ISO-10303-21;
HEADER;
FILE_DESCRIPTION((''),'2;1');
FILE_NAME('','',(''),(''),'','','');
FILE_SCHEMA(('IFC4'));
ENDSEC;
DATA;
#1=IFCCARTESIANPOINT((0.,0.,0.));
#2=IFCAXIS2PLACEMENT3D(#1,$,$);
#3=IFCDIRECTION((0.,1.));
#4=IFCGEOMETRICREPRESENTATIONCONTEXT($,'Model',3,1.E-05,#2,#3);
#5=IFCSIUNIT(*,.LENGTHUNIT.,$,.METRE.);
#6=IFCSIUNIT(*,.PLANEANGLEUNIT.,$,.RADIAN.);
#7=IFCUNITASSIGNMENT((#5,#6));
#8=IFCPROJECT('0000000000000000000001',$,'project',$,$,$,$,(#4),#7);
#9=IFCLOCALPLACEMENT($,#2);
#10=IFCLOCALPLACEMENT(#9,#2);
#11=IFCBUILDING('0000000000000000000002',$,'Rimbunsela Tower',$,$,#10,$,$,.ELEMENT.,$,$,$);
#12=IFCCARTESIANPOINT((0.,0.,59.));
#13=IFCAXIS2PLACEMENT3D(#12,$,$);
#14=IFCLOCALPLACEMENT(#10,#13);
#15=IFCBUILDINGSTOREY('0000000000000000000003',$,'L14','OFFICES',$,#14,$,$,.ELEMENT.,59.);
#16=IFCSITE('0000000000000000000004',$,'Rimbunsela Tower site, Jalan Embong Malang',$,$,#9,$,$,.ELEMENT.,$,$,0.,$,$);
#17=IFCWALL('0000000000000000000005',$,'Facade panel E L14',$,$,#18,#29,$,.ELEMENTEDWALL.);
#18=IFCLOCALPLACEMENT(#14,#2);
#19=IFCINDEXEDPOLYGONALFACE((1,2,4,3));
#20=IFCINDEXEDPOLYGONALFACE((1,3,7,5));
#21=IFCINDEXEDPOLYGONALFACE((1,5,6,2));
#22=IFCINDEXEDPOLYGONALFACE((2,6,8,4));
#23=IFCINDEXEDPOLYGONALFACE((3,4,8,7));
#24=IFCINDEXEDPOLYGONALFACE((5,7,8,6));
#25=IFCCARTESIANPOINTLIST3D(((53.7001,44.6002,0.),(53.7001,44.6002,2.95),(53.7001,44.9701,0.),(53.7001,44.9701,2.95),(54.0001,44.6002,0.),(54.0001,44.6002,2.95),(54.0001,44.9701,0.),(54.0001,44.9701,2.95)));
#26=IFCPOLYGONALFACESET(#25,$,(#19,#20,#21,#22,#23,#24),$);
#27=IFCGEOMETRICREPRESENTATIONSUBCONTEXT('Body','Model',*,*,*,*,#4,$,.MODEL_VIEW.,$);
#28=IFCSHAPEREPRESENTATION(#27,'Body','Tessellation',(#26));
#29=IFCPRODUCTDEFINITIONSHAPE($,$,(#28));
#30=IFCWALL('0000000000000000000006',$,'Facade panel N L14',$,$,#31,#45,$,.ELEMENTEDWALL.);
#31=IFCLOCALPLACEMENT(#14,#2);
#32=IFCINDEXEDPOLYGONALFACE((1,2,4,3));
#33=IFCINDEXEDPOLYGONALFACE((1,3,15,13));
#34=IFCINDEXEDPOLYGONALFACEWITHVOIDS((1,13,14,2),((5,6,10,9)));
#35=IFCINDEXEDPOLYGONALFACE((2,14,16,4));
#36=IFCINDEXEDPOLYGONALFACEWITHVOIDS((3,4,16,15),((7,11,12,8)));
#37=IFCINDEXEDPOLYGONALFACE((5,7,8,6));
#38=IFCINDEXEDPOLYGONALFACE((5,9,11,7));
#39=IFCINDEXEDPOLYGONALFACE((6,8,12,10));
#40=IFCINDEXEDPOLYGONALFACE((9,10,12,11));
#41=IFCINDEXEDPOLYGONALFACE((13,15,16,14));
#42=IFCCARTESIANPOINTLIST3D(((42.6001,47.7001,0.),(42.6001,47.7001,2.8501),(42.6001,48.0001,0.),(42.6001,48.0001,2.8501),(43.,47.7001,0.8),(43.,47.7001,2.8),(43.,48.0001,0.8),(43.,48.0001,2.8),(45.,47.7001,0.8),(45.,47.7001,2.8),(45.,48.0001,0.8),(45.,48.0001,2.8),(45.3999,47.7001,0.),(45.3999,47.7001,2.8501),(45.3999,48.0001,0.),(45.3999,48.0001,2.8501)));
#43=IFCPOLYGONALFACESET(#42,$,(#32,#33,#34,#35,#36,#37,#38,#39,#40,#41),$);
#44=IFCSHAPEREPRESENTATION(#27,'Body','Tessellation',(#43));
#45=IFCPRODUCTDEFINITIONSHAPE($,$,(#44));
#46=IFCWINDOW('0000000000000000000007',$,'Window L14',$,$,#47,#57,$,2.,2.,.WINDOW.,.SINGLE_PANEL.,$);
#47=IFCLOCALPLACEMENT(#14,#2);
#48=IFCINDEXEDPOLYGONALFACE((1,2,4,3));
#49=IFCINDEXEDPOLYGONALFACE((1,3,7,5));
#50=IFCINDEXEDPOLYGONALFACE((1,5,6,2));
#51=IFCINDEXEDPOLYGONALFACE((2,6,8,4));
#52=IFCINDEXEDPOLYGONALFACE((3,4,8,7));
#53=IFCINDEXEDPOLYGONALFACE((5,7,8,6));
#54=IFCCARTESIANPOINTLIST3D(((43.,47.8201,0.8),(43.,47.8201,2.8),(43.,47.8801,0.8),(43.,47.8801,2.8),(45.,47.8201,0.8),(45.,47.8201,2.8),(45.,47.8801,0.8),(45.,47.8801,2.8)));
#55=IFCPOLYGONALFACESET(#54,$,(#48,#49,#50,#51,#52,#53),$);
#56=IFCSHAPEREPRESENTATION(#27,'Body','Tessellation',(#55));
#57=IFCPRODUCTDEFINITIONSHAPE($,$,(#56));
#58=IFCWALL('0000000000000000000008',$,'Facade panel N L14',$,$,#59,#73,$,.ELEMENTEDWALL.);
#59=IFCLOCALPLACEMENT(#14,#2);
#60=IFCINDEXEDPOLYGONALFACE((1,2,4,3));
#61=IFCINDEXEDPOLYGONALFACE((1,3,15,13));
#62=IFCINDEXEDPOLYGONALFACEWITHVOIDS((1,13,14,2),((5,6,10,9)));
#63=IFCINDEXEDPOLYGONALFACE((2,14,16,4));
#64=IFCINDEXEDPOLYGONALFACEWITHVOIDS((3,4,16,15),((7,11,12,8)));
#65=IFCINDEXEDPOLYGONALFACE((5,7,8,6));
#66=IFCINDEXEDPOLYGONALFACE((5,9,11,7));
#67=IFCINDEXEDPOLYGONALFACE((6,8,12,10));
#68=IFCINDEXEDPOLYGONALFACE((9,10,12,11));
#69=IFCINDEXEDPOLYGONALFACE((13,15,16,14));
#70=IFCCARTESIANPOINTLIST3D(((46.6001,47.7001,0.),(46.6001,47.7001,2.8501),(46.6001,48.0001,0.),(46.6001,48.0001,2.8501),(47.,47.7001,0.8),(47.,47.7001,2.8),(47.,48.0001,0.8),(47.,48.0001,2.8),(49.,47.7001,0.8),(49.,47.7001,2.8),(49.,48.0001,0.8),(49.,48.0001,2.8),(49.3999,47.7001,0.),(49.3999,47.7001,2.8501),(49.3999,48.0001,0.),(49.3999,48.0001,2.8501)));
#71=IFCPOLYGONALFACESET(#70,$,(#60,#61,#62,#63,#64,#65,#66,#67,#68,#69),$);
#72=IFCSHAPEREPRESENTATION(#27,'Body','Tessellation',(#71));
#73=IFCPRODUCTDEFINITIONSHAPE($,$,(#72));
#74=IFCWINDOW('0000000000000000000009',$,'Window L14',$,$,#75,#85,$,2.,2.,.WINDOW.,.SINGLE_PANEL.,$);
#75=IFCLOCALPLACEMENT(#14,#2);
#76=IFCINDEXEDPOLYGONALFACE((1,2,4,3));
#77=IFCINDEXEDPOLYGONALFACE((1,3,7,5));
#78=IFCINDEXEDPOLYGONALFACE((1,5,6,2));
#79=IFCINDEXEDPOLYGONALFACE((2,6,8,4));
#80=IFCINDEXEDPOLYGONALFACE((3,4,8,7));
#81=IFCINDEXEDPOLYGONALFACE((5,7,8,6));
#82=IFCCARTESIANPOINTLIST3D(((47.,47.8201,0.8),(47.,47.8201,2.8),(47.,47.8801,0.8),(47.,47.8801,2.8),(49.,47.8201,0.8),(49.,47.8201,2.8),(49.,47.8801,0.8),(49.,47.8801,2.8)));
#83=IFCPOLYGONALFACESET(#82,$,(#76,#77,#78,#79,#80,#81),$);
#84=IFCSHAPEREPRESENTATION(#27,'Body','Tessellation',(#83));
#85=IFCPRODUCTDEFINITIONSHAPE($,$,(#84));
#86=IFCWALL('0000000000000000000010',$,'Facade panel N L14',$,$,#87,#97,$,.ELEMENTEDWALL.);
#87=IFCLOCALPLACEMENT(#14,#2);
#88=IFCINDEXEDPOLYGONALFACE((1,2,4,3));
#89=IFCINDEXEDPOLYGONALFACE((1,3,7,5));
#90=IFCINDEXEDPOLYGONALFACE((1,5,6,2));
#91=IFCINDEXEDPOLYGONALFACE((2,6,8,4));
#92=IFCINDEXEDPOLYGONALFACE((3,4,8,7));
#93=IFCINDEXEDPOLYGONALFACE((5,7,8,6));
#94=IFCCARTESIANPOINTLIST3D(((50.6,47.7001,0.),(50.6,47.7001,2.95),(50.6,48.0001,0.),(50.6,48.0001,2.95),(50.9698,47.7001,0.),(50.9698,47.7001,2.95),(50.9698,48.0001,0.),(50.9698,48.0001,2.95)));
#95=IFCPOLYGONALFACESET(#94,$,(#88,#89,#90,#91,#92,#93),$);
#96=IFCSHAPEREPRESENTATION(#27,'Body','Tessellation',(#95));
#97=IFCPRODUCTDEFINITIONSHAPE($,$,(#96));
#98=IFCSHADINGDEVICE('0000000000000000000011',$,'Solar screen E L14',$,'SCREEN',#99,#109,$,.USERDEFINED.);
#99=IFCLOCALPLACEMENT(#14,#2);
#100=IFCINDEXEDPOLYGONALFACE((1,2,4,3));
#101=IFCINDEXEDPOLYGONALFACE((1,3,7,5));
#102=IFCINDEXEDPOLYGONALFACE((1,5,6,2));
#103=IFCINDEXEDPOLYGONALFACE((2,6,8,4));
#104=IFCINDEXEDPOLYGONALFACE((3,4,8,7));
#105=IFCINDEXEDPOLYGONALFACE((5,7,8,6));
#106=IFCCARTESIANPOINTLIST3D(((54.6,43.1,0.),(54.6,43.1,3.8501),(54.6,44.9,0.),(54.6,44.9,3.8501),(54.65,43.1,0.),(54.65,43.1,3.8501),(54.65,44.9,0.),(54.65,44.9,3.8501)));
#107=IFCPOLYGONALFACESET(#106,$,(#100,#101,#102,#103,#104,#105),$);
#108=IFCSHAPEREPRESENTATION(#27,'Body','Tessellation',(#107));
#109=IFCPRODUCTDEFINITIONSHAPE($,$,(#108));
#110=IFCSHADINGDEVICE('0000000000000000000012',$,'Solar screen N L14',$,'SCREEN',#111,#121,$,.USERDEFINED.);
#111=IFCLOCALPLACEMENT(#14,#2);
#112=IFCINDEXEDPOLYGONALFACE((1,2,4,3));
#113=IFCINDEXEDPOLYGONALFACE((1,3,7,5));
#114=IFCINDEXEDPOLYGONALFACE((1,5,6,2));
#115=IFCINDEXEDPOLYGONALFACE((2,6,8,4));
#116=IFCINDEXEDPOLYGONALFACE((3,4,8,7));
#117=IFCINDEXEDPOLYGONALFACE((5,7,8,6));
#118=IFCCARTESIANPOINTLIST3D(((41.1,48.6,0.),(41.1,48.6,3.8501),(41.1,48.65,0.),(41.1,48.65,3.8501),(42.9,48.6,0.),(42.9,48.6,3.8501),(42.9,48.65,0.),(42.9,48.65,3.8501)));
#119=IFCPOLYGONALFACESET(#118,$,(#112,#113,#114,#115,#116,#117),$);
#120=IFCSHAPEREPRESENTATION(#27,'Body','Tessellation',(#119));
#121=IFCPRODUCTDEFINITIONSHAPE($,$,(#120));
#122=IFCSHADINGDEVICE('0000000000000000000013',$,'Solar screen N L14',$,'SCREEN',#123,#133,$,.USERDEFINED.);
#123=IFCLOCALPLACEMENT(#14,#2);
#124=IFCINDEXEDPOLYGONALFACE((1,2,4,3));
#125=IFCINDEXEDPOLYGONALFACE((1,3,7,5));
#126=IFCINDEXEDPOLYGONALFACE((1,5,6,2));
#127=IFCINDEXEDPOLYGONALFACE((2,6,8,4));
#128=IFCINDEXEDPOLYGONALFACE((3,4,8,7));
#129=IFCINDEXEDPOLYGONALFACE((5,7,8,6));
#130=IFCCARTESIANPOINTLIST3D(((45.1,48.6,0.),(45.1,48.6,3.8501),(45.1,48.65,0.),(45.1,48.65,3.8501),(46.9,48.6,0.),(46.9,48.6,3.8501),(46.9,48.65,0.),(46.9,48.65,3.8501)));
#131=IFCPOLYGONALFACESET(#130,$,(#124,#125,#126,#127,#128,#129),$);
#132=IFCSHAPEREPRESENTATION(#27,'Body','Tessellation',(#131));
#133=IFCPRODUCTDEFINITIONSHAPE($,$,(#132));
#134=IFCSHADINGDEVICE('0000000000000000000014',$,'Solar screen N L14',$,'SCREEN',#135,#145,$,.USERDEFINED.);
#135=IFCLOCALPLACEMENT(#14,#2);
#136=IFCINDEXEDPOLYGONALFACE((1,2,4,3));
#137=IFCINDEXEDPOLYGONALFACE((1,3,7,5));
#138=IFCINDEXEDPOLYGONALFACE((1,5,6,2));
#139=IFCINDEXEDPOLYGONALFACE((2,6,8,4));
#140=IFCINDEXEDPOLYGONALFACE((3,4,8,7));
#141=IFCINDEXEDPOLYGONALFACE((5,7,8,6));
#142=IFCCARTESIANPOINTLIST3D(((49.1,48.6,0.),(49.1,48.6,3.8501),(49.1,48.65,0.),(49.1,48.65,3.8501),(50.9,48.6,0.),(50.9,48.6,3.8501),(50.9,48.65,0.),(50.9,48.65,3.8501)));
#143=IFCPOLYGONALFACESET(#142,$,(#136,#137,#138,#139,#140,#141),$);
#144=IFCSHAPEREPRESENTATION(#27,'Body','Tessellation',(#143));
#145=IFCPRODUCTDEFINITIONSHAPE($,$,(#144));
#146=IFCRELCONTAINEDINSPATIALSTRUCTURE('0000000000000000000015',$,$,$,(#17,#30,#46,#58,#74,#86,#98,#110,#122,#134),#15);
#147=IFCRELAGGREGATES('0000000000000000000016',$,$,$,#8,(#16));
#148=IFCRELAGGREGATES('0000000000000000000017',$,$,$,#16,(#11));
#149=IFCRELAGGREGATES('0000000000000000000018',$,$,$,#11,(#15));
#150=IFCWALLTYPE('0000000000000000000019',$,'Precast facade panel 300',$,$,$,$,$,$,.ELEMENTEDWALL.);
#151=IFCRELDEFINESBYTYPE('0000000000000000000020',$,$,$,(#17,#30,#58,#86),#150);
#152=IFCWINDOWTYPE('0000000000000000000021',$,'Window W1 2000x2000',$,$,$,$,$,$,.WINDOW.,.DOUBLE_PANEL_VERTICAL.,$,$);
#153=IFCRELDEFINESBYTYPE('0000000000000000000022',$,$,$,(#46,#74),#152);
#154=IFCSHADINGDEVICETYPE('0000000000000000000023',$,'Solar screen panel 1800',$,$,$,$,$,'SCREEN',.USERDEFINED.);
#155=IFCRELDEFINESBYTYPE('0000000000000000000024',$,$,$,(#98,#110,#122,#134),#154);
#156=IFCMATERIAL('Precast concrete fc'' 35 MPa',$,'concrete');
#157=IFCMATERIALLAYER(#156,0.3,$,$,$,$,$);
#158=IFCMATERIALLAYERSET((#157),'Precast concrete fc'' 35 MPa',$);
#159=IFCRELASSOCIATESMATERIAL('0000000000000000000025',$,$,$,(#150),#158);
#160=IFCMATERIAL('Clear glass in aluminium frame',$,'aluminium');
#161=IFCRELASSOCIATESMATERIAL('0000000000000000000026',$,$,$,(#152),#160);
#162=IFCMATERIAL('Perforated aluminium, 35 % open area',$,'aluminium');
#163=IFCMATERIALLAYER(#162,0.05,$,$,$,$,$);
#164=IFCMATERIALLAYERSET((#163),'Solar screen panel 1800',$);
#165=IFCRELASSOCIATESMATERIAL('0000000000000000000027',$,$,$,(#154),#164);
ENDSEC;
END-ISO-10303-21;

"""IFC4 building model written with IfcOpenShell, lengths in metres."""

from ifc_helpers import new_model, si_unit, direction, frame, frame_2d, origin, origin_2d, place, context, subcontext, project, spatial, rectangle, extrude, material, layer, layer_set, type_object, element, fill, save


model = new_model("IFC4")

# Units and contexts
model_context = context("Model", 3, precision=1e-05, world=origin(), true_north=direction((0.0, 1.0)))
body_context = subcontext(model_context, "Body", "Model", "MODEL_VIEW")
ifc_project = project(units=[si_unit("LENGTHUNIT", "METRE"), si_unit("PLANEANGLEUNIT", "RADIAN")], contexts=[model_context])

# Site, building, storey
site_placement = place(None, origin())
site = spatial("IfcSite", under=ifc_project, at=site_placement, Name="Rimbunsela Tower site, Jalan Embong Malang", CompositionType="ELEMENT", RefElevation=0.0)
building_placement = place(site_placement, origin())
building = spatial("IfcBuilding", under=site, at=building_placement, Name="Rimbunsela Tower", CompositionType="ELEMENT")
storey_placement = place(building_placement, frame((0.0, 0.0, 59.0)))
storey = spatial("IfcBuildingStorey", under=building, at=storey_placement, Name="L14", Description="OFFICES", CompositionType="ELEMENT", Elevation=59.0)

# Wall
ifc_material_1 = material(Name="Precast concrete fc' 35 MPa", Category="concrete")
ifc_layer_1 = layer(ifc_material_1, 0.3)
ifc_layer_set_1 = layer_set([ifc_layer_1], Name="Precast concrete fc' 35 MPa")
wall_type_1 = type_object("IfcWallType", Name="Precast facade panel 300", PredefinedType="ELEMENTEDWALL", material=ifc_layer_set_1)
wall_1_placement = place(storey_placement, frame((53.8501, 44.6001, 0.0), z_axis=(0.0, 0.0, 1.0), x_axis=(0.0, 1.0, 0.0)))
element("IfcWall", 1, at=wall_1_placement, inside=storey, type_object=wall_type_1, Name="Facade panel E L14", PredefinedType="ELEMENTEDWALL", context=body_context, shape_type="SweptSolid", body=[
    extrude(rectangle(XDim=0.3699, YDim=0.3, at=frame_2d((0.1851, 0.0))), origin(), (0.0, 0.0, 1.0), 2.95),
])

# Walls, openings, windows
wall_2_placement = place(storey_placement, frame((45.3999, 47.8501, 0.0), z_axis=(0.0, 0.0, 1.0), x_axis=(-1.0, 0.0, 0.0)))
wall_2 = element("IfcWall", 2, at=wall_2_placement, inside=storey, type_object=wall_type_1, Name="Facade panel N L14", PredefinedType="ELEMENTEDWALL", context=body_context, shape_type="SweptSolid", body=[
    extrude(rectangle(XDim=2.7998, YDim=0.3, at=frame_2d((1.3999, 0.0))), origin(), (0.0, 0.0, 1.0), 2.8501),
])
opening_1_placement = place(wall_2_placement, frame((0.3999, 0.0, 0.8)))
opening_1 = element("IfcOpeningElement", 3, at=opening_1_placement, cuts=wall_2, PredefinedType="OPENING", context=body_context, shape_type="SweptSolid", body=[
    extrude(rectangle(XDim=2.0, YDim=2.0, at=frame_2d((1.0, 1.0))), frame((0.0, 0.1599, 0.0), z_axis=(0.0, -1.0, 0.0), x_axis=(1.0, 0.0, 0.0)), (0.0, 0.0, 1.0), 0.3201),
])
ifc_material_2 = material(Name="Clear glass in aluminium frame", Category="aluminium")
window_type = type_object("IfcWindowType", Name="Window W1 2000x2000", PartitioningType="DOUBLE_PANEL_VERTICAL", PredefinedType="WINDOW", material=ifc_material_2)
window_1_placement = place(opening_1_placement, origin())
window_1 = element("IfcWindow", 4, at=window_1_placement, inside=storey, type_object=window_type, Name="Window L14", OverallHeight=2.0, OverallWidth=2.0, PartitioningType="SINGLE_PANEL", PredefinedType="WINDOW", context=body_context, shape_type="SweptSolid", body=[
    extrude(rectangle(XDim=2.0, YDim=2.0, at=frame_2d((1.0, 1.0))), frame((0.0, 0.03, 0.0), z_axis=(0.0, -1.0, 0.0), x_axis=(1.0, 0.0, 0.0)), (0.0, 0.0, 1.0), 0.0601),
])
fill(opening_1, window_1)
wall_3_placement = place(storey_placement, frame((49.3999, 47.8501, 0.0), z_axis=(0.0, 0.0, 1.0), x_axis=(-1.0, 0.0, 0.0)))
wall_3 = element("IfcWall", 5, at=wall_3_placement, inside=storey, type_object=wall_type_1, Name="Facade panel N L14", PredefinedType="ELEMENTEDWALL", context=body_context, shape_type="SweptSolid", body=[
    extrude(rectangle(XDim=2.7998, YDim=0.3, at=frame_2d((1.3999, 0.0))), origin(), (0.0, 0.0, 1.0), 2.8501),
])
opening_2_placement = place(wall_3_placement, frame((0.3999, 0.0, 0.8)))
opening_2 = element("IfcOpeningElement", 6, at=opening_2_placement, cuts=wall_3, PredefinedType="OPENING", context=body_context, shape_type="SweptSolid", body=[
    extrude(rectangle(XDim=2.0, YDim=2.0, at=frame_2d((1.0, 1.0))), frame((0.0, 0.1599, 0.0), z_axis=(0.0, -1.0, 0.0), x_axis=(1.0, 0.0, 0.0)), (0.0, 0.0, 1.0), 0.3201),
])
window_2_placement = place(opening_2_placement, origin())
window_2 = element("IfcWindow", 7, at=window_2_placement, inside=storey, type_object=window_type, Name="Window L14", OverallHeight=2.0, OverallWidth=2.0, PartitioningType="SINGLE_PANEL", PredefinedType="WINDOW", context=body_context, shape_type="SweptSolid", body=[
    extrude(rectangle(XDim=2.0, YDim=2.0, at=frame_2d((1.0, 1.0))), frame((0.0, 0.03, 0.0), z_axis=(0.0, -1.0, 0.0), x_axis=(1.0, 0.0, 0.0)), (0.0, 0.0, 1.0), 0.0601),
])
fill(opening_2, window_2)

# Wall
wall_4_placement = place(storey_placement, frame((50.97, 47.8501, 0.0), z_axis=(0.0, 0.0, 1.0), x_axis=(-1.0, 0.0, 0.0)))
element("IfcWall", 8, at=wall_4_placement, inside=storey, type_object=wall_type_1, Name="Facade panel N L14", PredefinedType="ELEMENTEDWALL", context=body_context, shape_type="SweptSolid", body=[
    extrude(rectangle(XDim=0.3699, YDim=0.3, at=frame_2d((0.1851, 0.0))), origin(), (0.0, 0.0, 1.0), 2.95),
])

# Shading devices
ifc_material_3 = material(Name="Perforated aluminium, 35 % open area", Category="aluminium")
ifc_layer_2 = layer(ifc_material_3, 0.05)
ifc_layer_set_2 = layer_set([ifc_layer_2], Name="Solar screen panel 1800")
shading_device_type = type_object("IfcShadingDeviceType", Name="Solar screen panel 1800", ElementType="SCREEN", PredefinedType="USERDEFINED", material=ifc_layer_set_2)
for number, where, z_axis, x_axis, name in (
    (9, (54.625, 44.0, 0.0), (0.0, 0.0, 1.0), (0.0, 1.0, 0.0), "Solar screen E L14"),
    (10, (42.0, 48.625, 0.0), (0.0, 0.0, 1.0), (1.0, 0.0, 0.0), "Solar screen N L14"),
    (11, (46.0, 48.625, 0.0), (0.0, 0.0, 1.0), (1.0, 0.0, 0.0), "Solar screen N L14"),
    (12, (50.0, 48.625, 0.0), (0.0, 0.0, 1.0), (1.0, 0.0, 0.0), "Solar screen N L14"),
):
    element("IfcShadingDevice", number, at=place(storey_placement, frame(where, z_axis=z_axis, x_axis=x_axis)), inside=storey, type_object=shading_device_type, Name=name, ObjectType="SCREEN", PredefinedType="USERDEFINED", context=body_context, shape_type="SweptSolid", body=[
        extrude(rectangle(XDim=1.8, YDim=0.05, at=origin_2d()), origin(), (0.0, 0.0, 1.0), 3.8501),
    ])

save(model, "model.ifc")
